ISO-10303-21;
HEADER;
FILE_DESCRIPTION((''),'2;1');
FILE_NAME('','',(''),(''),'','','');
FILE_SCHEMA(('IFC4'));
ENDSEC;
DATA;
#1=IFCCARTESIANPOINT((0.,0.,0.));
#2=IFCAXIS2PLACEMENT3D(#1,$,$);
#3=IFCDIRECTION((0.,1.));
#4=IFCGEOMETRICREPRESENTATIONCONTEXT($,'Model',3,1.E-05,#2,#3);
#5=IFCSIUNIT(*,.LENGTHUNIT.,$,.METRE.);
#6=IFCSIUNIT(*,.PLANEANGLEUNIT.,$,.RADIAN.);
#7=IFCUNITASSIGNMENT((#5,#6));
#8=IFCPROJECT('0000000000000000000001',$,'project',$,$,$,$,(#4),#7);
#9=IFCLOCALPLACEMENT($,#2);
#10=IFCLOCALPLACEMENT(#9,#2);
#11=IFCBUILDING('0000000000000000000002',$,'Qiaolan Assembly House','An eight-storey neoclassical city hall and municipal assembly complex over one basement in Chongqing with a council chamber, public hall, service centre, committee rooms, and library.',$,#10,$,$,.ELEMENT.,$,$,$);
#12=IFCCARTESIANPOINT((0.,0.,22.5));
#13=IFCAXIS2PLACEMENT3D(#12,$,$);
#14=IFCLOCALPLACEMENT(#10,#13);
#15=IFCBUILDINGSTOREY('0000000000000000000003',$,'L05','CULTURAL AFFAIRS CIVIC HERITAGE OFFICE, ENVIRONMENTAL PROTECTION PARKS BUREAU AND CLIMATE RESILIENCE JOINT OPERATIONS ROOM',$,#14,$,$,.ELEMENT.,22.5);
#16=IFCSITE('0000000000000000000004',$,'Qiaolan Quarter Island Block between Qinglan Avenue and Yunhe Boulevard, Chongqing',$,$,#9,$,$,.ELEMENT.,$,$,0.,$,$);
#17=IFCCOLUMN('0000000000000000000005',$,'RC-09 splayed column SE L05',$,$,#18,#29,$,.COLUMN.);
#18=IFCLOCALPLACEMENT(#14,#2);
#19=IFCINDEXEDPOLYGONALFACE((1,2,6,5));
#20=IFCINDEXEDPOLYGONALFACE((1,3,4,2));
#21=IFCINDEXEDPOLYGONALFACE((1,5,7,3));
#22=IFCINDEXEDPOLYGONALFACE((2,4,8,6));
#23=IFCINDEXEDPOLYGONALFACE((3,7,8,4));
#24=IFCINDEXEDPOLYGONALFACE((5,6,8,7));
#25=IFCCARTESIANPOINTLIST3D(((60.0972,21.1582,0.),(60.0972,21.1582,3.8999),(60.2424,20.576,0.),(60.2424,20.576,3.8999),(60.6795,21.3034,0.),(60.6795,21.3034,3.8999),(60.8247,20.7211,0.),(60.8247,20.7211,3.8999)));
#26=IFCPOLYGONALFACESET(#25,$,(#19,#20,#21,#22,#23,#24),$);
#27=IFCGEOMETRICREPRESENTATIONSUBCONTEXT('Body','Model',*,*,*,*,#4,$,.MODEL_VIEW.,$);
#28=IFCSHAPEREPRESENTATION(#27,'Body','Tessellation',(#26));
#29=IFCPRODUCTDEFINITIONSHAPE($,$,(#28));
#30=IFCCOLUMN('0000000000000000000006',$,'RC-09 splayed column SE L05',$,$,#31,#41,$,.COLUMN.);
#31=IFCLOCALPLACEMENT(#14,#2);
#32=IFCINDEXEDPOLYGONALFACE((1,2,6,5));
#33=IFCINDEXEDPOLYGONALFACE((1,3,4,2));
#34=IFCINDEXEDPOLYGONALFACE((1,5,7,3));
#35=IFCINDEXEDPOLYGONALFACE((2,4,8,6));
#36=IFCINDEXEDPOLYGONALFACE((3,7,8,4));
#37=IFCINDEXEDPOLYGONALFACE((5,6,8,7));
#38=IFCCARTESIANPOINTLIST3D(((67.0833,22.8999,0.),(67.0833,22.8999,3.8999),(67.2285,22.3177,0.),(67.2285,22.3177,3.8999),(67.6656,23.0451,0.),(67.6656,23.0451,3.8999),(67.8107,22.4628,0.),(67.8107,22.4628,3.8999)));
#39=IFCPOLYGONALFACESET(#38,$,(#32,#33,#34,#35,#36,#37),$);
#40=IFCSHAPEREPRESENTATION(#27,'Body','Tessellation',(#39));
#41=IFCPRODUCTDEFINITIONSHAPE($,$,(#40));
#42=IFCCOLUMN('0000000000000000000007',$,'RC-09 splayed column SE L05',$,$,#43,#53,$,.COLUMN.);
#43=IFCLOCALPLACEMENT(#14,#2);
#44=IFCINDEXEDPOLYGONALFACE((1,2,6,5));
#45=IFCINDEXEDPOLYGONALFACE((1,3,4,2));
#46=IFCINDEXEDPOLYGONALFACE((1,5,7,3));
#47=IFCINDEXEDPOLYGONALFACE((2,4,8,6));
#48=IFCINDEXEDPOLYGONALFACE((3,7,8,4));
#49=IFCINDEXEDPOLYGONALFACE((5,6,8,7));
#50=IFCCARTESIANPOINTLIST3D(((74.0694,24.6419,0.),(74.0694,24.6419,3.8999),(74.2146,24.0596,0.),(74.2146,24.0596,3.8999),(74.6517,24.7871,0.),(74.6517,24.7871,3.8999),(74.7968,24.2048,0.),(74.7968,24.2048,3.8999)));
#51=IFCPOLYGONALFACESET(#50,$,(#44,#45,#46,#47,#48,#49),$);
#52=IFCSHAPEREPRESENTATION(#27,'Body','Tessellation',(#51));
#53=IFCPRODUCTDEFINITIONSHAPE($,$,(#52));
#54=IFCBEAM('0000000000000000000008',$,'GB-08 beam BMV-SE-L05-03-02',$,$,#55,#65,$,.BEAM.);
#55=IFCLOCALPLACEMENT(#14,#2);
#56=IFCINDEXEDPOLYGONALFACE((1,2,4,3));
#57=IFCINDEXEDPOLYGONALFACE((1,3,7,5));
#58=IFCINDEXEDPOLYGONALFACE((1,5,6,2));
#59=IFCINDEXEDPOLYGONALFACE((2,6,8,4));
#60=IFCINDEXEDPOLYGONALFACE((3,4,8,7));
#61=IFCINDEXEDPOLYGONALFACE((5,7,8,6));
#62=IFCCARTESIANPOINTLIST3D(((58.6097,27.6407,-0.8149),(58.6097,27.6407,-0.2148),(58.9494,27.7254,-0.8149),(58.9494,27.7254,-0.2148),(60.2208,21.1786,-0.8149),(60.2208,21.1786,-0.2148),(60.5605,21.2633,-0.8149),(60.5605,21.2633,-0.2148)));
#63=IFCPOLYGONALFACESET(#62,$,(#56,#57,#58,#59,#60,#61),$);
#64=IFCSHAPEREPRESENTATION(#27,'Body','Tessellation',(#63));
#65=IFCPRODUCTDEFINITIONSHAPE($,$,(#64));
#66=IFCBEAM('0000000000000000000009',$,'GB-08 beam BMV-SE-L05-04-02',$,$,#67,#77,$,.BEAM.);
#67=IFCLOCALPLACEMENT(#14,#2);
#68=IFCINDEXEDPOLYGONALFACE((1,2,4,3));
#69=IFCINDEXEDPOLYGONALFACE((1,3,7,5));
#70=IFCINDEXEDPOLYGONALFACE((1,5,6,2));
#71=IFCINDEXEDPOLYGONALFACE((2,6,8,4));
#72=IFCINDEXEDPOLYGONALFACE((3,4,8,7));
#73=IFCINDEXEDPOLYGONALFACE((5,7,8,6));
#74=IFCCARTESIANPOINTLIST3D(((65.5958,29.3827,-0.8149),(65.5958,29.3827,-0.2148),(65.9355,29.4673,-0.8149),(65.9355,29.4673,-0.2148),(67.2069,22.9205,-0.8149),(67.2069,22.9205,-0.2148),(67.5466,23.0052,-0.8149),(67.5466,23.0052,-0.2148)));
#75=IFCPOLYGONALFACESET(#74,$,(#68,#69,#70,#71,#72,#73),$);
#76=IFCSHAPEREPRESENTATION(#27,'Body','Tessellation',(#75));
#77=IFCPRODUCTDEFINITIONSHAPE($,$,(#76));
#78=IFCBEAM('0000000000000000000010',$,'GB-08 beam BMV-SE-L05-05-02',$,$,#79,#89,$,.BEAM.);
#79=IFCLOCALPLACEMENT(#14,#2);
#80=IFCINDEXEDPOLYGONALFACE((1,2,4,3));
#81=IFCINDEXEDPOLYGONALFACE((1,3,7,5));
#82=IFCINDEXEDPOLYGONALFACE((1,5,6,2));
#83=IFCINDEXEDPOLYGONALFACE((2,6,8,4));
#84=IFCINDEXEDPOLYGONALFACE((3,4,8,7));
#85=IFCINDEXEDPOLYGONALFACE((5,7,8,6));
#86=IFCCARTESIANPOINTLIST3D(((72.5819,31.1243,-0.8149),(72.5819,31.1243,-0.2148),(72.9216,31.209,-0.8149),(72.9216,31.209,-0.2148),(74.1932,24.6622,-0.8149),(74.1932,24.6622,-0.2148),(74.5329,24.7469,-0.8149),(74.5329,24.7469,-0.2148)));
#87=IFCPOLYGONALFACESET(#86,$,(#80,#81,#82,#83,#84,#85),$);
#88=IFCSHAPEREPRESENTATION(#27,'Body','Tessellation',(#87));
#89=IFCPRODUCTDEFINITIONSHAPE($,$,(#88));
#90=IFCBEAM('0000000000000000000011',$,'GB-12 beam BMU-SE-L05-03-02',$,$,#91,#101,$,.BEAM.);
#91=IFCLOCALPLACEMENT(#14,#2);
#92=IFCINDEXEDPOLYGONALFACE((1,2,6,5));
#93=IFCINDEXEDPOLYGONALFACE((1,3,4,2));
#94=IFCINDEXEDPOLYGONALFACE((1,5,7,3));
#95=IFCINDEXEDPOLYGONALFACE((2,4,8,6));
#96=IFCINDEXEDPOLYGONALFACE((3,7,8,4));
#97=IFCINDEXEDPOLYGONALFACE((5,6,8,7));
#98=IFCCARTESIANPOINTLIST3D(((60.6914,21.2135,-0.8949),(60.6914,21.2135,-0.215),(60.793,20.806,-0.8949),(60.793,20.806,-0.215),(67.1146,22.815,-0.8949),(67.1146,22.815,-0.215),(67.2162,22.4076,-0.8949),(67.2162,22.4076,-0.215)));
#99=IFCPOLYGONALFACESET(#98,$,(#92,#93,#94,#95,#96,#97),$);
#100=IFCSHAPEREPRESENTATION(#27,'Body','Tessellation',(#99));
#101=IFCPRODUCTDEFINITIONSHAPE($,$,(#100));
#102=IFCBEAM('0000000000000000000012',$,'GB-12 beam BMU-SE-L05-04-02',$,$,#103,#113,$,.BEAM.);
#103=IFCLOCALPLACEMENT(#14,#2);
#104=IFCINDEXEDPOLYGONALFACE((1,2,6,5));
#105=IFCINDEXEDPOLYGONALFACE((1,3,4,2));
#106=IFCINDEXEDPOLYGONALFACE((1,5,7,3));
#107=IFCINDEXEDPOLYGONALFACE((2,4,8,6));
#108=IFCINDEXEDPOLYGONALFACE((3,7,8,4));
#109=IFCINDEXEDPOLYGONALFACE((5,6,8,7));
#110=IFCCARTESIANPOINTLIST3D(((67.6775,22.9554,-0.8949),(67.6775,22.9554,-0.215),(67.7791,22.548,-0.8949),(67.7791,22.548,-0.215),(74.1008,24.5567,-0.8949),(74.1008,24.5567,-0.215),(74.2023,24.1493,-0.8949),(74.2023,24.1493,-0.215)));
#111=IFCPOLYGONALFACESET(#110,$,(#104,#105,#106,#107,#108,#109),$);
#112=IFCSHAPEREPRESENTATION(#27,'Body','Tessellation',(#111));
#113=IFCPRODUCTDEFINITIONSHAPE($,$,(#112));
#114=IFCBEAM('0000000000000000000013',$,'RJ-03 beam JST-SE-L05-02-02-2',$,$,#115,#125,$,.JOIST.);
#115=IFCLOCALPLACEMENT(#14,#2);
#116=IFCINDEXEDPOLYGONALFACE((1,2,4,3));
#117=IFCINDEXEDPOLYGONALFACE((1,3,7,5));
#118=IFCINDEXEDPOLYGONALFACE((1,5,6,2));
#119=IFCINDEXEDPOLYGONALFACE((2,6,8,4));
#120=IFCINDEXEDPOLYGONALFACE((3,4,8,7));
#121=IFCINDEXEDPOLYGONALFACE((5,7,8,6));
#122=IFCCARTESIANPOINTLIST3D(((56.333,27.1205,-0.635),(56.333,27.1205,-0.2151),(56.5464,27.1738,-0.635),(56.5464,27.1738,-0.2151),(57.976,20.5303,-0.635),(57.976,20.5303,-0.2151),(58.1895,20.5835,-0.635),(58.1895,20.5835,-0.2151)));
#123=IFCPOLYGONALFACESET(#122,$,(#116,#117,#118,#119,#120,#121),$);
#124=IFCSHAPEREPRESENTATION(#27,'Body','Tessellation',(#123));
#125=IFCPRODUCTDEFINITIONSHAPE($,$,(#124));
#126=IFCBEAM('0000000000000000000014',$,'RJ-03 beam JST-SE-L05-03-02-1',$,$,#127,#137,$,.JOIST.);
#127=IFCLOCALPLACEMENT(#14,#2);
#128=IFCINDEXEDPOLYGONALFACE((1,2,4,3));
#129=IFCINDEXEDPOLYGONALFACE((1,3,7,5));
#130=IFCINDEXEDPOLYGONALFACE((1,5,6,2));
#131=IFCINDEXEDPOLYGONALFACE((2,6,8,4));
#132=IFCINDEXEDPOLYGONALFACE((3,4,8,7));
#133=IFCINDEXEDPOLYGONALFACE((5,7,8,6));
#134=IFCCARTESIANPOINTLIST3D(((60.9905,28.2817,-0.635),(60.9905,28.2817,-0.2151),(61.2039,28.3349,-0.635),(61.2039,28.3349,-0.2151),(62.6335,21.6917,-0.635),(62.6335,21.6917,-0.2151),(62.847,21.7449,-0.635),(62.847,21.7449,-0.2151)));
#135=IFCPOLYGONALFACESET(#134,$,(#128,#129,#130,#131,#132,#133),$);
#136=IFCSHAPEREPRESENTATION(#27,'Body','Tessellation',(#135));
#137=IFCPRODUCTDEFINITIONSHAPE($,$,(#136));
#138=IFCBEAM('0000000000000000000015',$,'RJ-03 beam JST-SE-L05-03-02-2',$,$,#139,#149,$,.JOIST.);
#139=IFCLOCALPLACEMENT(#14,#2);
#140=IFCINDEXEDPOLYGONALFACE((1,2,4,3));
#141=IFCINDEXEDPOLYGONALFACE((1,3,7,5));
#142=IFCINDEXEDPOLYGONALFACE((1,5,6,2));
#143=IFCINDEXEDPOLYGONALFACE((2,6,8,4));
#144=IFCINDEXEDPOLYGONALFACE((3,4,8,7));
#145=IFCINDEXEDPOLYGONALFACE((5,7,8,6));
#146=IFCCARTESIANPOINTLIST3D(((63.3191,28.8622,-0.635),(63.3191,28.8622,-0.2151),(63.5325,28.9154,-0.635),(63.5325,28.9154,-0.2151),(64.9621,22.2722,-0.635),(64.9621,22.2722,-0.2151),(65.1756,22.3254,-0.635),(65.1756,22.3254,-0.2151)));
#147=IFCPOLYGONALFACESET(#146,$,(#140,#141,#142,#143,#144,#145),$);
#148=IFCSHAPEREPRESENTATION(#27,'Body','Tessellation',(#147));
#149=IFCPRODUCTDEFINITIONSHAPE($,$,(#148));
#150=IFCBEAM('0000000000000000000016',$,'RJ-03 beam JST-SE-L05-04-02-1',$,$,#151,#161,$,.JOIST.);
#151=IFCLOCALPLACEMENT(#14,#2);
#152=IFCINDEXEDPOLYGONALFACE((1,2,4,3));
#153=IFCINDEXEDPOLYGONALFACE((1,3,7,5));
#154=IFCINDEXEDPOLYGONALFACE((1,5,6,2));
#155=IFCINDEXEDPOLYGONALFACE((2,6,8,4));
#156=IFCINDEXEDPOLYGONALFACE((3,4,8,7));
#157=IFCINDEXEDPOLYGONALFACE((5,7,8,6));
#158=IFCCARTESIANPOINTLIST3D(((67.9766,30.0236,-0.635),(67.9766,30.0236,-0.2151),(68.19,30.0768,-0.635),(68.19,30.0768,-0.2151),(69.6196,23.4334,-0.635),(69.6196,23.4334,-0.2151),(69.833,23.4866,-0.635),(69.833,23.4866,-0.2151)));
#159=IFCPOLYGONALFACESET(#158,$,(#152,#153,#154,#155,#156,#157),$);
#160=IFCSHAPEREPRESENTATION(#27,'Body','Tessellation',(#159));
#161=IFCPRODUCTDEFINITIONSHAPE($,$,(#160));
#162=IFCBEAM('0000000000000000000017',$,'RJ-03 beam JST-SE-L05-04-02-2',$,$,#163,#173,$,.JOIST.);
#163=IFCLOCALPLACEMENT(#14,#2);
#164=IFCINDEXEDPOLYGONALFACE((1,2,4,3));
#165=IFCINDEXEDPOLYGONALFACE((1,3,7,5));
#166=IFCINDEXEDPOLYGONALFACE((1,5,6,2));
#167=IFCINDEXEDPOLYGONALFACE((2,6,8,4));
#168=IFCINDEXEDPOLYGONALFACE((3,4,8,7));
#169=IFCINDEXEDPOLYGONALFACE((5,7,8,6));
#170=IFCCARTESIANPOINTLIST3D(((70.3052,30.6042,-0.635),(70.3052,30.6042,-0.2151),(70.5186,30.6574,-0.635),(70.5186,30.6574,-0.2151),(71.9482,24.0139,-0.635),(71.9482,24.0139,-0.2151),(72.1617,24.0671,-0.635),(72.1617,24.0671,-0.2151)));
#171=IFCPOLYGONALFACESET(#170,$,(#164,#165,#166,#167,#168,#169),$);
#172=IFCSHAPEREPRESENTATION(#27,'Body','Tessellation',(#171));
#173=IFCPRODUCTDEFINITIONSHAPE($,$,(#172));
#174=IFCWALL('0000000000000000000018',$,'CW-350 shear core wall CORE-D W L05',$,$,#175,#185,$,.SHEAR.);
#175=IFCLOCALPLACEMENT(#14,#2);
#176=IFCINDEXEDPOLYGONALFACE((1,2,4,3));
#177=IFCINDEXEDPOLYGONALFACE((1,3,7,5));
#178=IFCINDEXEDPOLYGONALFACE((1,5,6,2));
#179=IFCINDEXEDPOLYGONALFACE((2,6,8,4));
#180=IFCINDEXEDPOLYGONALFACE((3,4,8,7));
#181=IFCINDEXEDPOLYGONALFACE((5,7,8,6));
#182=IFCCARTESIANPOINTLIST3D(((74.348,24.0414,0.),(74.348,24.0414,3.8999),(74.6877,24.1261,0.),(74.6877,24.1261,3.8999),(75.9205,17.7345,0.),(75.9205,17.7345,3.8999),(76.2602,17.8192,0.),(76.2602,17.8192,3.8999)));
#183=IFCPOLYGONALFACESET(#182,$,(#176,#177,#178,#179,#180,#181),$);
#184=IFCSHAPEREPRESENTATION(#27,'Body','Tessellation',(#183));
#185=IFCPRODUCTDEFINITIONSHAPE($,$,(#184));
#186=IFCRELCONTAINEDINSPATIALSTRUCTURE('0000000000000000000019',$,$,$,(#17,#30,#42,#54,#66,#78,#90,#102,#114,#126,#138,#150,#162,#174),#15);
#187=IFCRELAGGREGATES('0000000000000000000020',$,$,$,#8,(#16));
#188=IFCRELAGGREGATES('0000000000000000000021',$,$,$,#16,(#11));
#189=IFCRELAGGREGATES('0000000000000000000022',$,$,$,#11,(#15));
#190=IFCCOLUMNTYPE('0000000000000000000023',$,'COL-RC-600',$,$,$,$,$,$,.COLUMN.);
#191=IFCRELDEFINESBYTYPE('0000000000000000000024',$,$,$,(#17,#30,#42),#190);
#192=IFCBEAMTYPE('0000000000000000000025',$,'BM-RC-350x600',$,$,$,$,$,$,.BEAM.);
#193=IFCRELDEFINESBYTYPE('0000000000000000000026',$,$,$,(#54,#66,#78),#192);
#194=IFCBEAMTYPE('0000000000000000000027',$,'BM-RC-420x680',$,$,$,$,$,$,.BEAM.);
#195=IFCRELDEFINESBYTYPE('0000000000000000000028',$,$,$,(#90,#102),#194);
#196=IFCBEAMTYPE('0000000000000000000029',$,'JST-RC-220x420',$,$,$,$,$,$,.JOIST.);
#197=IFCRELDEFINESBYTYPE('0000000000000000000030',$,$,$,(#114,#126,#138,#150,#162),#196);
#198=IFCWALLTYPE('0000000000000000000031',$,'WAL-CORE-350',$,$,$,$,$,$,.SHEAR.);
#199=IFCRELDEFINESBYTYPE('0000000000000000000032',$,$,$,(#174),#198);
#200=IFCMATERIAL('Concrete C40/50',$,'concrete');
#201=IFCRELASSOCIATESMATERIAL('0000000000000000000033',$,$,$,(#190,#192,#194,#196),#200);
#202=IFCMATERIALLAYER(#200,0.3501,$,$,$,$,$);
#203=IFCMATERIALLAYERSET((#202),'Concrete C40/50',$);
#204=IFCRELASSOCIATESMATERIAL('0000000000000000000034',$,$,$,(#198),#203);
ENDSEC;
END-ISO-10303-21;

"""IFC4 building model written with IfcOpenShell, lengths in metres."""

from ifc_helpers import new_model, si_unit, direction, frame, frame_2d, origin, origin_2d, place, context, subcontext, project, spatial, rectangle, extrude, material, layer, layer_set, material_profile, profile_set, type_object, element, save


model = new_model("IFC4")

# Units and contexts
model_context = context("Model", 3, precision=1e-05, world=origin(), true_north=direction((0.0, 1.0)))
body_context = subcontext(model_context, "Body", "Model", "MODEL_VIEW")
ifc_project = project(units=[si_unit("LENGTHUNIT", "METRE"), si_unit("PLANEANGLEUNIT", "RADIAN")], contexts=[model_context])

# Site, building, storey
site_placement = place(None, origin())
site = spatial("IfcSite", under=ifc_project, at=site_placement, Name="Qiaolan Quarter Island Block between Qinglan Avenue and Yunhe Boulevard, Chongqing", CompositionType="ELEMENT", RefElevation=0.0)
building_placement = place(site_placement, origin())
building = spatial("IfcBuilding", under=site, at=building_placement, Name="Qiaolan Assembly House", Description="An eight-storey neoclassical city hall and municipal assembly complex over one basement in Chongqing with a council chamber, public hall, service centre, committee rooms, and library.", CompositionType="ELEMENT")
storey_placement = place(building_placement, frame((0.0, 0.0, 22.5)))
storey = spatial("IfcBuildingStorey", under=building, at=storey_placement, Name="L05", Description="CULTURAL AFFAIRS CIVIC HERITAGE OFFICE, ENVIRONMENTAL PROTECTION PARKS BUREAU AND CLIMATE RESILIENCE JOINT OPERATIONS ROOM", CompositionType="ELEMENT", Elevation=22.5)

# Columns
ifc_material_1 = material(Name="Concrete C40/50", Category="concrete")
ifc_material_profile_1 = material_profile(ifc_material_1, rectangle(XDim=0.6001, YDim=0.6001, at=origin_2d()), Name="RC 600x600")
ifc_profile_set_1 = profile_set([ifc_material_profile_1], Name="Concrete C40/50")
column_type = type_object("IfcColumnType", Name="COL-RC-600", PredefinedType="COLUMN", material=ifc_profile_set_1)
for number, where, z_axis, x_axis, name in (
    (1, (60.4609, 20.9397, 0.0), (0.0, 0.0, 1.0), (0.970296, 0.241922, 0.0), "RC-09 splayed column SE L05"),
    (2, (67.447, 22.6814, 0.0), (0.0, 0.0, 1.0), (0.970296, 0.241922, 0.0), "RC-09 splayed column SE L05"),
    (3, (74.4331, 24.4233, 0.0), (0.0, 0.0, 1.0), (0.970296, 0.241922, 0.0), "RC-09 splayed column SE L05"),
):
    element("IfcColumn", number, at=place(storey_placement, frame(where, z_axis=z_axis, x_axis=x_axis)), inside=storey, type_object=column_type, Name=name, PredefinedType="COLUMN", context=body_context, shape_type="SweptSolid", body=[
        extrude(rectangle(XDim=0.6001, YDim=0.6001, at=origin_2d()), origin(), (0.0, 0.0, 1.0), 3.8999),
    ])

# Beams
ifc_material_profile_2 = material_profile(ifc_material_1, rectangle(XDim=0.3501, YDim=0.6001, at=origin_2d()), Name="RCB 350x600")
ifc_profile_set_2 = profile_set([ifc_material_profile_2], Name="Concrete C40/50")
beam_type_1 = type_object("IfcBeamType", Name="BM-RC-350x600", PredefinedType="BEAM", material=ifc_profile_set_2)
for number, where, z_axis, x_axis, name in (
    (4, (60.3906, 21.2209, -0.5149), (-0.241906, 0.9703, 0.0), (-0.9703, -0.241906, 0.0), "GB-08 beam BMV-SE-L05-03-02"),
    (5, (67.3767, 22.9629, -0.5149), (-0.241906, 0.9703, 0.0), (-0.9703, -0.241906, 0.0), "GB-08 beam BMV-SE-L05-04-02"),
    (6, (74.363, 24.7046, -0.5149), (-0.24194, 0.970291, 0.0), (-0.970291, -0.24194, 0.0), "GB-08 beam BMV-SE-L05-05-02"),
):
    element("IfcBeam", number, at=place(storey_placement, frame(where, z_axis=z_axis, x_axis=x_axis)), inside=storey, type_object=beam_type_1, Name=name, PredefinedType="BEAM", context=body_context, shape_type="SweptSolid", body=[
        extrude(rectangle(XDim=0.3501, YDim=0.6001, at=origin_2d()), origin(), (0.0, 0.0, 1.0), 6.6599),
    ])
ifc_material_profile_3 = material_profile(ifc_material_1, rectangle(XDim=0.4199, YDim=0.6799, at=origin_2d()), Name="RCB 420x680")
ifc_profile_set_3 = profile_set([ifc_material_profile_3], Name="Concrete C40/50")
beam_type_2 = type_object("IfcBeamType", Name="BM-RC-420x680", PredefinedType="BEAM", material=ifc_profile_set_3)
for number, where, z_axis, x_axis, name in (
    (7, (60.7422, 21.0098, -0.5549), (0.970294, 0.241928, 0.0), (-0.241928, 0.970294, 0.0), "GB-12 beam BMU-SE-L05-03-02"),
    (8, (67.7283, 22.7517, -0.5549), (0.970303, 0.241893, 0.0), (-0.241893, 0.970303, 0.0), "GB-12 beam BMU-SE-L05-04-02"),
):
    element("IfcBeam", number, at=place(storey_placement, frame(where, z_axis=z_axis, x_axis=x_axis)), inside=storey, type_object=beam_type_2, Name=name, PredefinedType="BEAM", context=body_context, shape_type="SweptSolid", body=[
        extrude(rectangle(XDim=0.4199, YDim=0.6799, at=origin_2d()), origin(), (0.0, 0.0, 1.0), 6.6199),
    ])
ifc_material_profile_4 = material_profile(ifc_material_1, rectangle(XDim=0.22, YDim=0.4199, at=origin_2d()), Name="RCB 220x420")
ifc_profile_set_4 = profile_set([ifc_material_profile_4], Name="Concrete C40/50")
beam_type_3 = type_object("IfcBeamType", Name="JST-RC-220x420", PredefinedType="JOIST", material=ifc_profile_set_4)
beam_placement = place(storey_placement, frame((58.0828, 20.5569, -0.425), z_axis=(-0.24191, 0.970299, 0.0), x_axis=(-0.970299, -0.24191, 0.0)))
element("IfcBeam", 9, at=beam_placement, inside=storey, type_object=beam_type_3, Name="RJ-03 beam JST-SE-L05-02-02-2", PredefinedType="JOIST", context=body_context, shape_type="SweptSolid", body=[
    extrude(rectangle(XDim=0.22, YDim=0.4199, at=origin_2d()), origin(), (0.0, 0.0, 1.0), 6.792),
])
for number, where, z_axis, x_axis, name in (
    (10, (62.7402, 21.7183, -0.425), (-0.241918, 0.970297, 0.0), (-0.970297, -0.241918, 0.0), "RJ-03 beam JST-SE-L05-03-02-1"),
    (11, (65.0688, 22.2988, -0.425), (-0.241918, 0.970297, 0.0), (-0.970297, -0.241918, 0.0), "RJ-03 beam JST-SE-L05-03-02-2"),
):
    element("IfcBeam", number, at=place(storey_placement, frame(where, z_axis=z_axis, x_axis=x_axis)), inside=storey, type_object=beam_type_3, Name=name, PredefinedType="JOIST", context=body_context, shape_type="SweptSolid", body=[
        extrude(rectangle(XDim=0.22, YDim=0.4199, at=origin_2d()), origin(), (0.0, 0.0, 1.0), 6.7917),
    ])
for number, where, z_axis, x_axis, name in (
    (12, (69.7263, 23.46, -0.425), (-0.24191, 0.970299, 0.0), (-0.970299, -0.24191, 0.0), "RJ-03 beam JST-SE-L05-04-02-1"),
    (13, (72.0549, 24.0405, -0.425), (-0.24191, 0.970299, 0.0), (-0.970299, -0.24191, 0.0), "RJ-03 beam JST-SE-L05-04-02-2"),
):
    element("IfcBeam", number, at=place(storey_placement, frame(where, z_axis=z_axis, x_axis=x_axis)), inside=storey, type_object=beam_type_3, Name=name, PredefinedType="JOIST", context=body_context, shape_type="SweptSolid", body=[
        extrude(rectangle(XDim=0.22, YDim=0.4199, at=origin_2d()), origin(), (0.0, 0.0, 1.0), 6.792),
    ])

# Wall
ifc_layer_1 = layer(ifc_material_1, 0.3501)
ifc_layer_set_1 = layer_set([ifc_layer_1], Name="Concrete C40/50")
wall_type_1 = type_object("IfcWallType", Name="WAL-CORE-350", PredefinedType="SHEAR", material=ifc_layer_set_1)
wall_1_placement = place(storey_placement, frame((74.5178, 24.0837, 0.0), z_axis=(0.0, 0.0, 1.0), x_axis=(0.241926, -0.970295, 0.0)))
element("IfcWall", 14, at=wall_1_placement, inside=storey, type_object=wall_type_1, Name="CW-350 shear core wall CORE-D W L05", PredefinedType="SHEAR", context=body_context, shape_type="SweptSolid", body=[
    extrude(rectangle(XDim=6.5, YDim=0.3501, at=frame_2d((3.25, 0.0))), origin(), (0.0, 0.0, 1.0), 3.8999),
])

save(model, "model.ifc")
